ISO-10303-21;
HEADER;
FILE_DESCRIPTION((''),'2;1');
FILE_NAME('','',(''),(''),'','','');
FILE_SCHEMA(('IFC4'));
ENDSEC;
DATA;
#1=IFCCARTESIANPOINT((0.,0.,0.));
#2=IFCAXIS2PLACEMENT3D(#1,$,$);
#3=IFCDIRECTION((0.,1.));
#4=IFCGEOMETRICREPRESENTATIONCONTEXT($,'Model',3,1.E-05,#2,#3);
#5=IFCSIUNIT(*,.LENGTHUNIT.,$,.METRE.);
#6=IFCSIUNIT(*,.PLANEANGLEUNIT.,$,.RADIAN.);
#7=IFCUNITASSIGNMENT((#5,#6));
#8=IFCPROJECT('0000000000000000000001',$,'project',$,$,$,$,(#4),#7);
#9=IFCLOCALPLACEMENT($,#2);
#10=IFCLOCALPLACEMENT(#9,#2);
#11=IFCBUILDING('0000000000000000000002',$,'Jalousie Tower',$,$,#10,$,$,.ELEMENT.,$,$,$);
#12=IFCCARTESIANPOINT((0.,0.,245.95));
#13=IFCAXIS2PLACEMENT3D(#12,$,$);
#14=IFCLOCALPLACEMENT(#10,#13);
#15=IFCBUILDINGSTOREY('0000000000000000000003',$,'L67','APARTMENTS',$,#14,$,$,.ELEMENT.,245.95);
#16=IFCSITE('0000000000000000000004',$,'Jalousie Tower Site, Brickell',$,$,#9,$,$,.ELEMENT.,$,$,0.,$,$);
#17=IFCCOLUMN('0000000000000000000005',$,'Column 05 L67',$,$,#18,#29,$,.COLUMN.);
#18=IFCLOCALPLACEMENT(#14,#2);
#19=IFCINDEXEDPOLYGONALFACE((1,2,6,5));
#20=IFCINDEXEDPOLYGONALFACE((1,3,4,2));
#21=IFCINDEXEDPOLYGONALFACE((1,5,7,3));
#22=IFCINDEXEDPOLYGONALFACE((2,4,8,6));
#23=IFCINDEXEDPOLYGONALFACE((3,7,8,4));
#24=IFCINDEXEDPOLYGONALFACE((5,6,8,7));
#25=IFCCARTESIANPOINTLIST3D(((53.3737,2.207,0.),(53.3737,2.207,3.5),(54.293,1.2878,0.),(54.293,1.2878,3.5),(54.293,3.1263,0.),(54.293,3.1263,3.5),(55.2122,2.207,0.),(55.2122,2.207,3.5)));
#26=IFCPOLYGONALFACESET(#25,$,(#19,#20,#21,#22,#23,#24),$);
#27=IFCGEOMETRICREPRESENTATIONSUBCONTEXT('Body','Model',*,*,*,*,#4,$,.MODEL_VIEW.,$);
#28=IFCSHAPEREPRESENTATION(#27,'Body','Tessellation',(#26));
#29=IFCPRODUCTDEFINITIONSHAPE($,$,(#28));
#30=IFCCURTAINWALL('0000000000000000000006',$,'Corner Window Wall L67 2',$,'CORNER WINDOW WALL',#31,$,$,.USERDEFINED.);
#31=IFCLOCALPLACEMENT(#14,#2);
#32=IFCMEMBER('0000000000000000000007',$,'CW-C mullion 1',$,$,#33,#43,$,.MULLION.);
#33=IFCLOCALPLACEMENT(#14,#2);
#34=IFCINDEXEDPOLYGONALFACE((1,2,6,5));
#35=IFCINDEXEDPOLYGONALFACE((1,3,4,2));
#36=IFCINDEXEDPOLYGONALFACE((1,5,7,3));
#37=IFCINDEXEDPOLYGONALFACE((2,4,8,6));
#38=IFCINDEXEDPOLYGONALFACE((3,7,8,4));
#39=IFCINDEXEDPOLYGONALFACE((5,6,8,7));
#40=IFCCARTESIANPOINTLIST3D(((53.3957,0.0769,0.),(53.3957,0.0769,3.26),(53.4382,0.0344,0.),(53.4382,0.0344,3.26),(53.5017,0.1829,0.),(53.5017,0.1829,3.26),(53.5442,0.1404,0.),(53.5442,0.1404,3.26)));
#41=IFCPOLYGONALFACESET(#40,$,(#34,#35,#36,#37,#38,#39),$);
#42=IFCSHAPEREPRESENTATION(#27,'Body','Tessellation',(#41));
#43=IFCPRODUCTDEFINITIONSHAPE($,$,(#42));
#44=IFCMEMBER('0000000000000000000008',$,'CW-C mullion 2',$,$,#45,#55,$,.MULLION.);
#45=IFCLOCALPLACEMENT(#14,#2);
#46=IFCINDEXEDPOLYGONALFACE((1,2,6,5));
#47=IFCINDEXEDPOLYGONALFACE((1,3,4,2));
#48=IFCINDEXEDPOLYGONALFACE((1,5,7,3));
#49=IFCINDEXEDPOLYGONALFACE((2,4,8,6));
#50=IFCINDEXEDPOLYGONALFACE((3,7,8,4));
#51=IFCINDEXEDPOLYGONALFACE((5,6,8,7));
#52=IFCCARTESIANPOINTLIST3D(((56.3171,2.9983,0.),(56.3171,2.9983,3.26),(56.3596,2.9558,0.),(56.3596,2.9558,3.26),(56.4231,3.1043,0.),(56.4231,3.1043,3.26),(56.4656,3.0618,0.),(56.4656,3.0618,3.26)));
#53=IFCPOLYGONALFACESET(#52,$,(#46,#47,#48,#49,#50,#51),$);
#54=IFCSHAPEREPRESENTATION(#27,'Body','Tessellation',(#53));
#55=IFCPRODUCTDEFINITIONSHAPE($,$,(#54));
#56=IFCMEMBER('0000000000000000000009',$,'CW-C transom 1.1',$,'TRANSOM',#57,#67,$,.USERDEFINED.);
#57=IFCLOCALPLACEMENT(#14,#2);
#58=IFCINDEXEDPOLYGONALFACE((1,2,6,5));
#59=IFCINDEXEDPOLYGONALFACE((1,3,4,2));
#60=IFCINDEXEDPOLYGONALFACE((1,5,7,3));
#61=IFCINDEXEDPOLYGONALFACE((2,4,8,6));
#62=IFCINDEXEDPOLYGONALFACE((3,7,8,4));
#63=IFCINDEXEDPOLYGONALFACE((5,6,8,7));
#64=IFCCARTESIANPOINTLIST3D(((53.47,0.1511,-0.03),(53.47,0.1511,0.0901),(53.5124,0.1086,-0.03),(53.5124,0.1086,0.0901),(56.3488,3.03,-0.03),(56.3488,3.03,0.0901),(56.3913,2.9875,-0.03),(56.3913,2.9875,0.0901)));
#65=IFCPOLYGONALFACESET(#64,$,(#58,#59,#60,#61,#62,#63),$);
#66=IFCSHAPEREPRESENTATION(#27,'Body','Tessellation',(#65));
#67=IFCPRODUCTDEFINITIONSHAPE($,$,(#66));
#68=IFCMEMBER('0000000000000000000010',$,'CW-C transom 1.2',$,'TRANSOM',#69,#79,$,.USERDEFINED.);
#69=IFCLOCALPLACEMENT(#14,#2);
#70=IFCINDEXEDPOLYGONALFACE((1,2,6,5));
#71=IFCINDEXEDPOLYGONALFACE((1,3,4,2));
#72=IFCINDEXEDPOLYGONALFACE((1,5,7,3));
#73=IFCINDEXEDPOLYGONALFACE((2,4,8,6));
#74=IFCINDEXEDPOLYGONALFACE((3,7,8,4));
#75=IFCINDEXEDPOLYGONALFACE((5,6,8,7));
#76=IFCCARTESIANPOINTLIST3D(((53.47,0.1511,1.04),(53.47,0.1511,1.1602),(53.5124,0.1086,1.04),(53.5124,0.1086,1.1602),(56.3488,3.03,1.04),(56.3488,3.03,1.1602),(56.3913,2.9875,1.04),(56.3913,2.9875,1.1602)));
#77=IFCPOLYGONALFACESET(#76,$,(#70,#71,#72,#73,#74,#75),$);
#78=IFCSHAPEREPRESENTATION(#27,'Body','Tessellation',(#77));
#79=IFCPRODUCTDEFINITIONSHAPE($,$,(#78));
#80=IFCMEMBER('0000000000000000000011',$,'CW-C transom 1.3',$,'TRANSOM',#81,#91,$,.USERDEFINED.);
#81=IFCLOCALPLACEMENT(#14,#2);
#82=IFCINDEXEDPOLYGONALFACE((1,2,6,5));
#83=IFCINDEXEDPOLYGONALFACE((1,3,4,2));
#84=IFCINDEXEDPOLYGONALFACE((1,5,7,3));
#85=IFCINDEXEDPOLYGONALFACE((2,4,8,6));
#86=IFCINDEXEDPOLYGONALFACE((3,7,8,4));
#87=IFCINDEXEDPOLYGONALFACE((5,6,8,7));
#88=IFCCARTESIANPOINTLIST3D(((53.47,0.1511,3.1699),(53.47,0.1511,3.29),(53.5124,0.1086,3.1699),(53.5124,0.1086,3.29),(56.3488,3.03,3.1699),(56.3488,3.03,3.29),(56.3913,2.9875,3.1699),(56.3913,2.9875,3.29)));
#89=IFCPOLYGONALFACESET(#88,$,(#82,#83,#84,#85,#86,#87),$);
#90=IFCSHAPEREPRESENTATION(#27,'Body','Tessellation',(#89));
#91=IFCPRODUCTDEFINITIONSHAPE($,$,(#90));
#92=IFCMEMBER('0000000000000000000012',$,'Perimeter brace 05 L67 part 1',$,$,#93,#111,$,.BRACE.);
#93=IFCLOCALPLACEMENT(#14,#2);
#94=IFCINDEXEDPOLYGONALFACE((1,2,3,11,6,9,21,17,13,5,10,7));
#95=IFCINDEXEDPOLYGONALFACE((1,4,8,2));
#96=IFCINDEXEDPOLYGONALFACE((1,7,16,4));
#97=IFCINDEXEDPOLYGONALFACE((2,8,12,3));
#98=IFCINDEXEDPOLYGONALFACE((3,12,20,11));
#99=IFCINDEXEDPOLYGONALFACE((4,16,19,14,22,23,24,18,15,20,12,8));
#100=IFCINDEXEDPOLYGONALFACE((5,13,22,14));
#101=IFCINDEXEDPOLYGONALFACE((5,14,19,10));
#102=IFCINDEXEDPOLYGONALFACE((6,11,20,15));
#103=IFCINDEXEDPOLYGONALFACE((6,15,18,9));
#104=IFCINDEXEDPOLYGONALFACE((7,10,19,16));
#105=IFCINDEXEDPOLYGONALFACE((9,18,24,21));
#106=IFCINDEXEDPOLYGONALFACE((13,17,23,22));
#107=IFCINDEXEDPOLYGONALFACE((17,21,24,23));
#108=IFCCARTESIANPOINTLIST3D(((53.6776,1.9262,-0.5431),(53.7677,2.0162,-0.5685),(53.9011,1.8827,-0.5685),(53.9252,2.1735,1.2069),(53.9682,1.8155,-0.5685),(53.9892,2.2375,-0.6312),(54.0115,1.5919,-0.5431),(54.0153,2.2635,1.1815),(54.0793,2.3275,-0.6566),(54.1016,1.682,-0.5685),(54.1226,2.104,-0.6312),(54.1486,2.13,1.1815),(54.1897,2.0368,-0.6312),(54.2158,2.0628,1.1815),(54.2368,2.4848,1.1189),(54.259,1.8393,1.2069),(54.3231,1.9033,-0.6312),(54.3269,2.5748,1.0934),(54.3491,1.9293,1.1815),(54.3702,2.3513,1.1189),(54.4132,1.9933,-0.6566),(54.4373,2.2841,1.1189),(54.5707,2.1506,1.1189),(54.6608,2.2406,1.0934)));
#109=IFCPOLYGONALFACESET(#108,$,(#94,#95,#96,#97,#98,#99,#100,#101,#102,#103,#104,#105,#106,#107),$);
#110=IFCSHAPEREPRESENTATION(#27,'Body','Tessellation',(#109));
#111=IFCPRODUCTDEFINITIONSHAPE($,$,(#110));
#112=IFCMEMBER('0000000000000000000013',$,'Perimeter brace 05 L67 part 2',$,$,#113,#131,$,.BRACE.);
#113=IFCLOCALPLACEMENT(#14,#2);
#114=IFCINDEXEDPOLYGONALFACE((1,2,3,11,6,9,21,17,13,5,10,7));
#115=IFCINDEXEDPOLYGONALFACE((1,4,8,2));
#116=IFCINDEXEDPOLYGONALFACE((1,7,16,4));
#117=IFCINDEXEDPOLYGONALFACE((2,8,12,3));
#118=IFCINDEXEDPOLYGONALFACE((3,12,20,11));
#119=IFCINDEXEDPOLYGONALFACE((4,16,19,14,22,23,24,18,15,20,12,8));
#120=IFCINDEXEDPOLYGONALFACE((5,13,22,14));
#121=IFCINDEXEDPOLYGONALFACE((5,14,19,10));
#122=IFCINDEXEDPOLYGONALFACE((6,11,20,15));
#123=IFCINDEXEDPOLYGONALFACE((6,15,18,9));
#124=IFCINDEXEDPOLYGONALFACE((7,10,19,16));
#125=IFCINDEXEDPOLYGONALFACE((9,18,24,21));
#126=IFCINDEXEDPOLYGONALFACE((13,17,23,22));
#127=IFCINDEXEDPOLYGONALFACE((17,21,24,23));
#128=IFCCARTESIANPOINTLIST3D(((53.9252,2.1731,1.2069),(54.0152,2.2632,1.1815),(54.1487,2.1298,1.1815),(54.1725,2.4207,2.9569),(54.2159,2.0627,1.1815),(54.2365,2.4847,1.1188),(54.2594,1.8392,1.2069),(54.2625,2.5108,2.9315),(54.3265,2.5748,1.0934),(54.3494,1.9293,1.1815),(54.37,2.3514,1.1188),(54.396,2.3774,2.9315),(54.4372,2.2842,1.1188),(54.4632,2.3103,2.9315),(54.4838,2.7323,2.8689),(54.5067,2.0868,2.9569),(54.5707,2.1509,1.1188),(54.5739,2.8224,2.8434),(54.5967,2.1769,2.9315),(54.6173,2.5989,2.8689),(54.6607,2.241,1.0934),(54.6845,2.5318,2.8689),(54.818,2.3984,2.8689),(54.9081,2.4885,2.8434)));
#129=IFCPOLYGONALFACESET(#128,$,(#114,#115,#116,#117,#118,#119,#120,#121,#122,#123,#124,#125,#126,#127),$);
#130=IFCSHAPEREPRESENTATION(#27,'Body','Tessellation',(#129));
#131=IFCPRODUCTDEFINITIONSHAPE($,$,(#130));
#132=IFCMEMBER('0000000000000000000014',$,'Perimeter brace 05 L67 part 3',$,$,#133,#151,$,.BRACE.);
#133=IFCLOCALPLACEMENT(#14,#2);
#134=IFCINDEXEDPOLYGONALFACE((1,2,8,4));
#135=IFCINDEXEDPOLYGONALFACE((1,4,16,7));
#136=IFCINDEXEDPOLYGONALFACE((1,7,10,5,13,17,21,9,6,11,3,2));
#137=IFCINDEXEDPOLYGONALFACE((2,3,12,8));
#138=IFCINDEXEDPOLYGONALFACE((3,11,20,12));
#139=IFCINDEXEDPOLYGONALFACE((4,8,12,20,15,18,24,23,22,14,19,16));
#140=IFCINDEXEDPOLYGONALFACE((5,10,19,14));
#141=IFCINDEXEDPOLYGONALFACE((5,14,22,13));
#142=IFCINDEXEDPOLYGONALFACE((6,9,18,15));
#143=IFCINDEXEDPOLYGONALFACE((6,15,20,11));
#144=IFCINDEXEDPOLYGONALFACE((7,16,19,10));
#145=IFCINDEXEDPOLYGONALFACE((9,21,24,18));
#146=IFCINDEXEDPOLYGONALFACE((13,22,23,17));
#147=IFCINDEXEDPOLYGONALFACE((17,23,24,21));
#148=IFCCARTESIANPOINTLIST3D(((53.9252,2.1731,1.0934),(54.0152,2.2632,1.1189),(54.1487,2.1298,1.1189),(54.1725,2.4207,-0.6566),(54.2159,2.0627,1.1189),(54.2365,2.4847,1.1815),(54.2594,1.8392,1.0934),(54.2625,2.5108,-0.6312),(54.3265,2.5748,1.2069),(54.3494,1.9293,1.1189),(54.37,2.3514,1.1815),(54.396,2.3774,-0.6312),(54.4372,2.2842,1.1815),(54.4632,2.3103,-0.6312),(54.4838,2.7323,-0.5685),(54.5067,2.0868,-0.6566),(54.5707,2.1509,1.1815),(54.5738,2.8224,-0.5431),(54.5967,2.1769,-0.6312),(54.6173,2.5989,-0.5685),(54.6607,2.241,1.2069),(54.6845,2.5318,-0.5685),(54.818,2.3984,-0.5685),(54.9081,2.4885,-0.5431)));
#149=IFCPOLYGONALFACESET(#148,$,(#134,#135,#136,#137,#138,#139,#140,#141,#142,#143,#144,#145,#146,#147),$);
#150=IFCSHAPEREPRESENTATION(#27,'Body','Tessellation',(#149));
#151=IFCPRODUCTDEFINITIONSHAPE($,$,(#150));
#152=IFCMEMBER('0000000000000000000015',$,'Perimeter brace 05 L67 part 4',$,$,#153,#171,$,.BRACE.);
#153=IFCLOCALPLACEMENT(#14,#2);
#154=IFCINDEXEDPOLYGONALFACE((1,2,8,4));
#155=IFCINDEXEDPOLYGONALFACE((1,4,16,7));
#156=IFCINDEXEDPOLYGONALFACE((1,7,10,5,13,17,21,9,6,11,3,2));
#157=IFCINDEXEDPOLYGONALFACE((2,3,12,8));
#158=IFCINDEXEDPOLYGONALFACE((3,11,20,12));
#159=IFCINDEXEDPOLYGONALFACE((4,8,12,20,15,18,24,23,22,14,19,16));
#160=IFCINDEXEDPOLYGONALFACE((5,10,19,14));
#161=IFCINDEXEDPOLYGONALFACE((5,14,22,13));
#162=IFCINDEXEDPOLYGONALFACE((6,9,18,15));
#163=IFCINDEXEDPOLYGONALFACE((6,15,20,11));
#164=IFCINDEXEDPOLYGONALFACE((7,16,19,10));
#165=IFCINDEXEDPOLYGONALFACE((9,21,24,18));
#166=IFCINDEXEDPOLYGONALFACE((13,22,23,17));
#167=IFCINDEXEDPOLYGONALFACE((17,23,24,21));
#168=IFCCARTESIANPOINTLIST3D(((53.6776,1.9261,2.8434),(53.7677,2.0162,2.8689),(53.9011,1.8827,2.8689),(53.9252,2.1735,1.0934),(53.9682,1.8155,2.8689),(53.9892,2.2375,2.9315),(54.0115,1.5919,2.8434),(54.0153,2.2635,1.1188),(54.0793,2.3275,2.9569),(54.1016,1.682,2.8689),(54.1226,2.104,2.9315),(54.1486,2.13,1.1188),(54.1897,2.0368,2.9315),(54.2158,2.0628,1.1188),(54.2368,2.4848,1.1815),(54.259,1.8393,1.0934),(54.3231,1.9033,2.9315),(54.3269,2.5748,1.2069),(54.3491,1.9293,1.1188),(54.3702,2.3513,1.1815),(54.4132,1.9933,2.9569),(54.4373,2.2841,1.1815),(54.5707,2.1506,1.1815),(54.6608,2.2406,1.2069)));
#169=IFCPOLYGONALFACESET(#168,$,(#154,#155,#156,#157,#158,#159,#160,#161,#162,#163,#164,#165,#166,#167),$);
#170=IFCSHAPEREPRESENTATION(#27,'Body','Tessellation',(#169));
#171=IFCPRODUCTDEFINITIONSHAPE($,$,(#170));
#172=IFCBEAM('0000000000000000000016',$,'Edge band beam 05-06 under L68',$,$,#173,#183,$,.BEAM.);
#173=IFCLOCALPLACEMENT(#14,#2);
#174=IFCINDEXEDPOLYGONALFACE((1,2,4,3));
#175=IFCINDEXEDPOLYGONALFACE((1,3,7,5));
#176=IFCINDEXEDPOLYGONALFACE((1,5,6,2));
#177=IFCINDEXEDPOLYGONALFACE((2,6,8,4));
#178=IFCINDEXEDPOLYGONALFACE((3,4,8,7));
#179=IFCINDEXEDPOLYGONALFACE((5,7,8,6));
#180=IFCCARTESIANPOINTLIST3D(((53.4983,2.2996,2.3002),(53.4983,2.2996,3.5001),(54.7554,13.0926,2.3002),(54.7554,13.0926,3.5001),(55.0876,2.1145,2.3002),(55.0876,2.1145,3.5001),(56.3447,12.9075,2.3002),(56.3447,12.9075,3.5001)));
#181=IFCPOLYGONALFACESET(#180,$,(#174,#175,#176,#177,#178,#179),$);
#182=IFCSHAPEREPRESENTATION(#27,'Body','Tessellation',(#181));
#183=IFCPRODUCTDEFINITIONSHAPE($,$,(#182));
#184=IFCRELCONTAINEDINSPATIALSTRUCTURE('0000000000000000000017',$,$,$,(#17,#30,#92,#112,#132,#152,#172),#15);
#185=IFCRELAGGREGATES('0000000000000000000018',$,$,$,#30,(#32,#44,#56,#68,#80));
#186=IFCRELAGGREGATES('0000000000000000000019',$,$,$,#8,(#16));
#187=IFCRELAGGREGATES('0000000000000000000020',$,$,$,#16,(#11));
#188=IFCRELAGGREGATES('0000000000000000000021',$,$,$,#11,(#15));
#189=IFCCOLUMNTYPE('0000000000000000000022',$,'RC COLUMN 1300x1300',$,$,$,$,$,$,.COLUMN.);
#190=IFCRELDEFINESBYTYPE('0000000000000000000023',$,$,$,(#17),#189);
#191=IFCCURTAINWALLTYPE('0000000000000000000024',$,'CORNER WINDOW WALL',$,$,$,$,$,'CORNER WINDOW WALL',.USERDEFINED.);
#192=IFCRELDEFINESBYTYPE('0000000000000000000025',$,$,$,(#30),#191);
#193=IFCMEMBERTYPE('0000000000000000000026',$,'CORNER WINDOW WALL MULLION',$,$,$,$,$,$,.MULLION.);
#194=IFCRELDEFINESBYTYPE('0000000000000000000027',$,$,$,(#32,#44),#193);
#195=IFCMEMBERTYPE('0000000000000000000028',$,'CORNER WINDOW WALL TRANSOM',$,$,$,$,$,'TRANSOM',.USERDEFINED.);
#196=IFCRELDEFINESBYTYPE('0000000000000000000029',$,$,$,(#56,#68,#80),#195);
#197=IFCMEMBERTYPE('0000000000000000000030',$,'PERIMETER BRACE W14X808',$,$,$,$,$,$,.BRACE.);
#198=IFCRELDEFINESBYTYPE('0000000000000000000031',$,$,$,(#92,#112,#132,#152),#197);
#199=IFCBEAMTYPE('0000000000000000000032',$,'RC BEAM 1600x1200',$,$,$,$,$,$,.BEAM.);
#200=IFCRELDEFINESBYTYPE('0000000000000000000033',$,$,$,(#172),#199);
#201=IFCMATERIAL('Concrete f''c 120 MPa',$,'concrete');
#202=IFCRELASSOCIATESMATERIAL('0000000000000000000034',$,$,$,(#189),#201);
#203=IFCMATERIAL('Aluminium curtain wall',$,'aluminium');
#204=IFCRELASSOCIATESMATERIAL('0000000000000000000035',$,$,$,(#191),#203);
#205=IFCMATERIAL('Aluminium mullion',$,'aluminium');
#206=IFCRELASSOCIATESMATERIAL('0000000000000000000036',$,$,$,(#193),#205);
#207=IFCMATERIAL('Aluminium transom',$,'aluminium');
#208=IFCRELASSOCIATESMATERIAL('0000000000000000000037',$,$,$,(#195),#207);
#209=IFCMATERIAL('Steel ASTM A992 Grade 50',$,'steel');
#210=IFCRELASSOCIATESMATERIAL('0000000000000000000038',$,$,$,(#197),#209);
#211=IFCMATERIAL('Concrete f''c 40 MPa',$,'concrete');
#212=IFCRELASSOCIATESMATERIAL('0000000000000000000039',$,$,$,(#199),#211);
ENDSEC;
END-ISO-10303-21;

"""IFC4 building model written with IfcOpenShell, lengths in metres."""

from ifc_helpers import new_model, si_unit, direction, frame, origin, origin_2d, place, context, subcontext, project, spatial, rectangle, i_section, extrude, material, material_profile, profile_set, type_object, element, aggregate, save


model = new_model("IFC4")

# Units and contexts
model_context = context("Model", 3, precision=1e-05, world=origin(), true_north=direction((0.0, 1.0)))
body_context = subcontext(model_context, "Body", "Model", "MODEL_VIEW")
ifc_project = project(units=[si_unit("LENGTHUNIT", "METRE"), si_unit("PLANEANGLEUNIT", "RADIAN")], contexts=[model_context])

# Site, building, storey
site_placement = place(None, origin())
site = spatial("IfcSite", under=ifc_project, at=site_placement, Name="Jalousie Tower Site, Brickell", CompositionType="ELEMENT", RefElevation=0.0)
building_placement = place(site_placement, origin())
building = spatial("IfcBuilding", under=site, at=building_placement, Name="Jalousie Tower", CompositionType="ELEMENT")
storey_placement = place(building_placement, frame((0.0, 0.0, 245.95)))
storey = spatial("IfcBuildingStorey", under=building, at=storey_placement, Name="L67", Description="APARTMENTS", CompositionType="ELEMENT", Elevation=245.95)

# Column
ifc_material_1 = material(Name="Concrete f'c 120 MPa", Category="concrete")
ifc_material_profile_1 = material_profile(ifc_material_1, rectangle(XDim=1.3, YDim=1.3, at=origin_2d()), Name="RC 1300x1300")
ifc_profile_set_1 = profile_set([ifc_material_profile_1], Name="Concrete f'c 120 MPa")
column_type = type_object("IfcColumnType", Name="RC COLUMN 1300x1300", PredefinedType="COLUMN", material=ifc_profile_set_1)
column_placement = place(storey_placement, frame((54.293, 2.207, 0.0), z_axis=(0.0, 0.0, 1.0), x_axis=(0.707107, 0.707107, 0.0)))
element("IfcColumn", 1, at=column_placement, inside=storey, type_object=column_type, Name="Column 05 L67", PredefinedType="COLUMN", context=body_context, shape_type="SweptSolid", body=[
    extrude(rectangle(XDim=1.3, YDim=1.3, at=origin_2d()), origin(), (0.0, 0.0, 1.0), 3.5),
])

# Curtain wall, members
ifc_material_2 = material(Name="Aluminium curtain wall", Category="aluminium")
curtain_wall_type_1 = type_object("IfcCurtainWallType", Name="CORNER WINDOW WALL", ElementType="CORNER WINDOW WALL", PredefinedType="USERDEFINED", material=ifc_material_2)
curtain_wall_1_placement = place(storey_placement, origin())
curtain_wall_1 = element("IfcCurtainWall", 2, at=curtain_wall_1_placement, inside=storey, type_object=curtain_wall_type_1, Name="Corner Window Wall L67 2", ObjectType="CORNER WINDOW WALL", PredefinedType="USERDEFINED")
ifc_material_3 = material(Name="Aluminium mullion", Category="aluminium")
ifc_material_profile_2 = material_profile(ifc_material_3, rectangle(XDim=0.0601, YDim=0.1499, at=origin_2d()), Name="MULLION 60x150")
ifc_profile_set_2 = profile_set([ifc_material_profile_2], Name="Aluminium mullion")
member_type_1 = type_object("IfcMemberType", Name="CORNER WINDOW WALL MULLION", PredefinedType="MULLION", material=ifc_profile_set_2)
member_1_placement = place(storey_placement, frame((53.47, 0.1086, 0.0), z_axis=(0.0, 0.0, 1.0), x_axis=(-0.707107, 0.707107, 0.0)))
member_1 = element("IfcMember", 3, at=member_1_placement, type_object=member_type_1, Name="CW-C mullion 1", PredefinedType="MULLION", context=body_context, shape_type="SweptSolid", body=[
    extrude(rectangle(XDim=0.0601, YDim=0.1499, at=origin_2d()), origin(), (0.0, 0.0, 1.0), 3.26),
])
member_2_placement = place(storey_placement, frame((56.3914, 3.03, 0.0), z_axis=(0.0, 0.0, 1.0), x_axis=(-0.707107, 0.707107, 0.0)))
member_2 = element("IfcMember", 4, at=member_2_placement, type_object=member_type_1, Name="CW-C mullion 2", PredefinedType="MULLION", context=body_context, shape_type="SweptSolid", body=[
    extrude(rectangle(XDim=0.0601, YDim=0.1499, at=origin_2d()), origin(), (0.0, 0.0, 1.0), 3.26),
])
ifc_material_4 = material(Name="Aluminium transom", Category="aluminium")
ifc_material_profile_3 = material_profile(ifc_material_4, rectangle(XDim=0.0601, YDim=0.1201, at=origin_2d()), Name="TRANSOM 60x120")
ifc_profile_set_3 = profile_set([ifc_material_profile_3], Name="Aluminium transom")
member_type_2 = type_object("IfcMemberType", Name="CORNER WINDOW WALL TRANSOM", ElementType="TRANSOM", PredefinedType="USERDEFINED", material=ifc_profile_set_3)
member_3_placement = place(storey_placement, frame((53.4912, 0.1299, 0.03), z_axis=(0.707107, 0.707107, 0.0), x_axis=(-0.707107, 0.707107, 0.0)))
member_3 = element("IfcMember", 5, at=member_3_placement, type_object=member_type_2, Name="CW-C transom 1.1", ObjectType="TRANSOM", PredefinedType="USERDEFINED", context=body_context, shape_type="SweptSolid", body=[
    extrude(rectangle(XDim=0.0601, YDim=0.1201, at=origin_2d()), origin(), (0.0, 0.0, 1.0), 4.0713),
])
member_4_placement = place(storey_placement, frame((53.4912, 0.1299, 1.1001), z_axis=(0.707107, 0.707107, 0.0), x_axis=(-0.707107, 0.707107, 0.0)))
member_4 = element("IfcMember", 6, at=member_4_placement, type_object=member_type_2, Name="CW-C transom 1.2", ObjectType="TRANSOM", PredefinedType="USERDEFINED", context=body_context, shape_type="SweptSolid", body=[
    extrude(rectangle(XDim=0.0601, YDim=0.1201, at=origin_2d()), origin(), (0.0, 0.0, 1.0), 4.0713),
])
member_5_placement = place(storey_placement, frame((53.4912, 0.1299, 3.23), z_axis=(0.707107, 0.707107, 0.0), x_axis=(-0.707107, 0.707107, 0.0)))
member_5 = element("IfcMember", 7, at=member_5_placement, type_object=member_type_2, Name="CW-C transom 1.3", ObjectType="TRANSOM", PredefinedType="USERDEFINED", context=body_context, shape_type="SweptSolid", body=[
    extrude(rectangle(XDim=0.0601, YDim=0.1201, at=origin_2d()), origin(), (0.0, 0.0, 1.0), 4.0713),
])

# Members
ifc_material_5 = material(Name="Steel ASTM A992 Grade 50", Category="steel")
ifc_material_profile_4 = material_profile(ifc_material_5, i_section(OverallWidth=0.4724, OverallDepth=0.5791, WebThickness=0.095, FlangeThickness=0.1299, at=origin_2d()), Name="W14X808")
ifc_profile_set_4 = profile_set([ifc_material_profile_4], Name="Steel ASTM A992 Grade 50")
member_type_3 = type_object("IfcMemberType", Name="PERIMETER BRACE W14X808", PredefinedType="BRACE", material=ifc_profile_set_4)
for number, where, z_axis, x_axis, name in (
    (8, (54.0454, 1.9597, -0.5999), (0.138716, 0.138579, 0.980588), (-0.706758, 0.707456, 0.0), "Perimeter brace 05 L67 part 1"),
    (9, (54.293, 2.207, 1.1501), (0.138579, 0.138716, 0.980588), (-0.707456, 0.706758, 0.0), "Perimeter brace 05 L67 part 2"),
    (10, (54.5403, 2.4546, -0.5999), (-0.138579, -0.138716, 0.980588), (0.707456, -0.706758, 0.0), "Perimeter brace 05 L67 part 3"),
    (11, (54.293, 2.207, 1.1501), (-0.138716, -0.138579, 0.980588), (0.706758, -0.707456, 0.0), "Perimeter brace 05 L67 part 4"),
):
    element("IfcMember", number, at=place(storey_placement, frame(where, z_axis=z_axis, x_axis=x_axis)), inside=storey, type_object=member_type_3, Name=name, PredefinedType="BRACE", context=body_context, shape_type="SweptSolid", body=[
        extrude(i_section(OverallWidth=0.4724, OverallDepth=0.5791, WebThickness=0.095, FlangeThickness=0.1299, at=origin_2d()), origin(), (0.0, 0.0, 1.0), 1.7847),
    ])

# Beam
ifc_material_6 = material(Name="Concrete f'c 40 MPa", Category="concrete")
ifc_material_profile_5 = material_profile(ifc_material_6, rectangle(XDim=1.6001, YDim=1.2, at=origin_2d()), Name="RC 1600x1200")
ifc_profile_set_5 = profile_set([ifc_material_profile_5], Name="Concrete f'c 40 MPa")
beam_type = type_object("IfcBeamType", Name="RC BEAM 1600x1200", PredefinedType="BEAM", material=ifc_profile_set_5)
beam_placement = place(storey_placement, frame((54.293, 2.207, 2.9001), z_axis=(0.11569, 0.993285, 0.0), x_axis=(-0.993285, 0.11569, 0.0)))
element("IfcBeam", 12, at=beam_placement, inside=storey, type_object=beam_type, Name="Edge band beam 05-06 under L68", PredefinedType="BEAM", context=body_context, shape_type="SweptSolid", body=[
    extrude(rectangle(XDim=1.6001, YDim=1.2, at=origin_2d()), origin(), (0.0, 0.0, 1.0), 10.866),
])

aggregate(curtain_wall_1, [member_1, member_2, member_3, member_4, member_5])

save(model, "model.ifc")
